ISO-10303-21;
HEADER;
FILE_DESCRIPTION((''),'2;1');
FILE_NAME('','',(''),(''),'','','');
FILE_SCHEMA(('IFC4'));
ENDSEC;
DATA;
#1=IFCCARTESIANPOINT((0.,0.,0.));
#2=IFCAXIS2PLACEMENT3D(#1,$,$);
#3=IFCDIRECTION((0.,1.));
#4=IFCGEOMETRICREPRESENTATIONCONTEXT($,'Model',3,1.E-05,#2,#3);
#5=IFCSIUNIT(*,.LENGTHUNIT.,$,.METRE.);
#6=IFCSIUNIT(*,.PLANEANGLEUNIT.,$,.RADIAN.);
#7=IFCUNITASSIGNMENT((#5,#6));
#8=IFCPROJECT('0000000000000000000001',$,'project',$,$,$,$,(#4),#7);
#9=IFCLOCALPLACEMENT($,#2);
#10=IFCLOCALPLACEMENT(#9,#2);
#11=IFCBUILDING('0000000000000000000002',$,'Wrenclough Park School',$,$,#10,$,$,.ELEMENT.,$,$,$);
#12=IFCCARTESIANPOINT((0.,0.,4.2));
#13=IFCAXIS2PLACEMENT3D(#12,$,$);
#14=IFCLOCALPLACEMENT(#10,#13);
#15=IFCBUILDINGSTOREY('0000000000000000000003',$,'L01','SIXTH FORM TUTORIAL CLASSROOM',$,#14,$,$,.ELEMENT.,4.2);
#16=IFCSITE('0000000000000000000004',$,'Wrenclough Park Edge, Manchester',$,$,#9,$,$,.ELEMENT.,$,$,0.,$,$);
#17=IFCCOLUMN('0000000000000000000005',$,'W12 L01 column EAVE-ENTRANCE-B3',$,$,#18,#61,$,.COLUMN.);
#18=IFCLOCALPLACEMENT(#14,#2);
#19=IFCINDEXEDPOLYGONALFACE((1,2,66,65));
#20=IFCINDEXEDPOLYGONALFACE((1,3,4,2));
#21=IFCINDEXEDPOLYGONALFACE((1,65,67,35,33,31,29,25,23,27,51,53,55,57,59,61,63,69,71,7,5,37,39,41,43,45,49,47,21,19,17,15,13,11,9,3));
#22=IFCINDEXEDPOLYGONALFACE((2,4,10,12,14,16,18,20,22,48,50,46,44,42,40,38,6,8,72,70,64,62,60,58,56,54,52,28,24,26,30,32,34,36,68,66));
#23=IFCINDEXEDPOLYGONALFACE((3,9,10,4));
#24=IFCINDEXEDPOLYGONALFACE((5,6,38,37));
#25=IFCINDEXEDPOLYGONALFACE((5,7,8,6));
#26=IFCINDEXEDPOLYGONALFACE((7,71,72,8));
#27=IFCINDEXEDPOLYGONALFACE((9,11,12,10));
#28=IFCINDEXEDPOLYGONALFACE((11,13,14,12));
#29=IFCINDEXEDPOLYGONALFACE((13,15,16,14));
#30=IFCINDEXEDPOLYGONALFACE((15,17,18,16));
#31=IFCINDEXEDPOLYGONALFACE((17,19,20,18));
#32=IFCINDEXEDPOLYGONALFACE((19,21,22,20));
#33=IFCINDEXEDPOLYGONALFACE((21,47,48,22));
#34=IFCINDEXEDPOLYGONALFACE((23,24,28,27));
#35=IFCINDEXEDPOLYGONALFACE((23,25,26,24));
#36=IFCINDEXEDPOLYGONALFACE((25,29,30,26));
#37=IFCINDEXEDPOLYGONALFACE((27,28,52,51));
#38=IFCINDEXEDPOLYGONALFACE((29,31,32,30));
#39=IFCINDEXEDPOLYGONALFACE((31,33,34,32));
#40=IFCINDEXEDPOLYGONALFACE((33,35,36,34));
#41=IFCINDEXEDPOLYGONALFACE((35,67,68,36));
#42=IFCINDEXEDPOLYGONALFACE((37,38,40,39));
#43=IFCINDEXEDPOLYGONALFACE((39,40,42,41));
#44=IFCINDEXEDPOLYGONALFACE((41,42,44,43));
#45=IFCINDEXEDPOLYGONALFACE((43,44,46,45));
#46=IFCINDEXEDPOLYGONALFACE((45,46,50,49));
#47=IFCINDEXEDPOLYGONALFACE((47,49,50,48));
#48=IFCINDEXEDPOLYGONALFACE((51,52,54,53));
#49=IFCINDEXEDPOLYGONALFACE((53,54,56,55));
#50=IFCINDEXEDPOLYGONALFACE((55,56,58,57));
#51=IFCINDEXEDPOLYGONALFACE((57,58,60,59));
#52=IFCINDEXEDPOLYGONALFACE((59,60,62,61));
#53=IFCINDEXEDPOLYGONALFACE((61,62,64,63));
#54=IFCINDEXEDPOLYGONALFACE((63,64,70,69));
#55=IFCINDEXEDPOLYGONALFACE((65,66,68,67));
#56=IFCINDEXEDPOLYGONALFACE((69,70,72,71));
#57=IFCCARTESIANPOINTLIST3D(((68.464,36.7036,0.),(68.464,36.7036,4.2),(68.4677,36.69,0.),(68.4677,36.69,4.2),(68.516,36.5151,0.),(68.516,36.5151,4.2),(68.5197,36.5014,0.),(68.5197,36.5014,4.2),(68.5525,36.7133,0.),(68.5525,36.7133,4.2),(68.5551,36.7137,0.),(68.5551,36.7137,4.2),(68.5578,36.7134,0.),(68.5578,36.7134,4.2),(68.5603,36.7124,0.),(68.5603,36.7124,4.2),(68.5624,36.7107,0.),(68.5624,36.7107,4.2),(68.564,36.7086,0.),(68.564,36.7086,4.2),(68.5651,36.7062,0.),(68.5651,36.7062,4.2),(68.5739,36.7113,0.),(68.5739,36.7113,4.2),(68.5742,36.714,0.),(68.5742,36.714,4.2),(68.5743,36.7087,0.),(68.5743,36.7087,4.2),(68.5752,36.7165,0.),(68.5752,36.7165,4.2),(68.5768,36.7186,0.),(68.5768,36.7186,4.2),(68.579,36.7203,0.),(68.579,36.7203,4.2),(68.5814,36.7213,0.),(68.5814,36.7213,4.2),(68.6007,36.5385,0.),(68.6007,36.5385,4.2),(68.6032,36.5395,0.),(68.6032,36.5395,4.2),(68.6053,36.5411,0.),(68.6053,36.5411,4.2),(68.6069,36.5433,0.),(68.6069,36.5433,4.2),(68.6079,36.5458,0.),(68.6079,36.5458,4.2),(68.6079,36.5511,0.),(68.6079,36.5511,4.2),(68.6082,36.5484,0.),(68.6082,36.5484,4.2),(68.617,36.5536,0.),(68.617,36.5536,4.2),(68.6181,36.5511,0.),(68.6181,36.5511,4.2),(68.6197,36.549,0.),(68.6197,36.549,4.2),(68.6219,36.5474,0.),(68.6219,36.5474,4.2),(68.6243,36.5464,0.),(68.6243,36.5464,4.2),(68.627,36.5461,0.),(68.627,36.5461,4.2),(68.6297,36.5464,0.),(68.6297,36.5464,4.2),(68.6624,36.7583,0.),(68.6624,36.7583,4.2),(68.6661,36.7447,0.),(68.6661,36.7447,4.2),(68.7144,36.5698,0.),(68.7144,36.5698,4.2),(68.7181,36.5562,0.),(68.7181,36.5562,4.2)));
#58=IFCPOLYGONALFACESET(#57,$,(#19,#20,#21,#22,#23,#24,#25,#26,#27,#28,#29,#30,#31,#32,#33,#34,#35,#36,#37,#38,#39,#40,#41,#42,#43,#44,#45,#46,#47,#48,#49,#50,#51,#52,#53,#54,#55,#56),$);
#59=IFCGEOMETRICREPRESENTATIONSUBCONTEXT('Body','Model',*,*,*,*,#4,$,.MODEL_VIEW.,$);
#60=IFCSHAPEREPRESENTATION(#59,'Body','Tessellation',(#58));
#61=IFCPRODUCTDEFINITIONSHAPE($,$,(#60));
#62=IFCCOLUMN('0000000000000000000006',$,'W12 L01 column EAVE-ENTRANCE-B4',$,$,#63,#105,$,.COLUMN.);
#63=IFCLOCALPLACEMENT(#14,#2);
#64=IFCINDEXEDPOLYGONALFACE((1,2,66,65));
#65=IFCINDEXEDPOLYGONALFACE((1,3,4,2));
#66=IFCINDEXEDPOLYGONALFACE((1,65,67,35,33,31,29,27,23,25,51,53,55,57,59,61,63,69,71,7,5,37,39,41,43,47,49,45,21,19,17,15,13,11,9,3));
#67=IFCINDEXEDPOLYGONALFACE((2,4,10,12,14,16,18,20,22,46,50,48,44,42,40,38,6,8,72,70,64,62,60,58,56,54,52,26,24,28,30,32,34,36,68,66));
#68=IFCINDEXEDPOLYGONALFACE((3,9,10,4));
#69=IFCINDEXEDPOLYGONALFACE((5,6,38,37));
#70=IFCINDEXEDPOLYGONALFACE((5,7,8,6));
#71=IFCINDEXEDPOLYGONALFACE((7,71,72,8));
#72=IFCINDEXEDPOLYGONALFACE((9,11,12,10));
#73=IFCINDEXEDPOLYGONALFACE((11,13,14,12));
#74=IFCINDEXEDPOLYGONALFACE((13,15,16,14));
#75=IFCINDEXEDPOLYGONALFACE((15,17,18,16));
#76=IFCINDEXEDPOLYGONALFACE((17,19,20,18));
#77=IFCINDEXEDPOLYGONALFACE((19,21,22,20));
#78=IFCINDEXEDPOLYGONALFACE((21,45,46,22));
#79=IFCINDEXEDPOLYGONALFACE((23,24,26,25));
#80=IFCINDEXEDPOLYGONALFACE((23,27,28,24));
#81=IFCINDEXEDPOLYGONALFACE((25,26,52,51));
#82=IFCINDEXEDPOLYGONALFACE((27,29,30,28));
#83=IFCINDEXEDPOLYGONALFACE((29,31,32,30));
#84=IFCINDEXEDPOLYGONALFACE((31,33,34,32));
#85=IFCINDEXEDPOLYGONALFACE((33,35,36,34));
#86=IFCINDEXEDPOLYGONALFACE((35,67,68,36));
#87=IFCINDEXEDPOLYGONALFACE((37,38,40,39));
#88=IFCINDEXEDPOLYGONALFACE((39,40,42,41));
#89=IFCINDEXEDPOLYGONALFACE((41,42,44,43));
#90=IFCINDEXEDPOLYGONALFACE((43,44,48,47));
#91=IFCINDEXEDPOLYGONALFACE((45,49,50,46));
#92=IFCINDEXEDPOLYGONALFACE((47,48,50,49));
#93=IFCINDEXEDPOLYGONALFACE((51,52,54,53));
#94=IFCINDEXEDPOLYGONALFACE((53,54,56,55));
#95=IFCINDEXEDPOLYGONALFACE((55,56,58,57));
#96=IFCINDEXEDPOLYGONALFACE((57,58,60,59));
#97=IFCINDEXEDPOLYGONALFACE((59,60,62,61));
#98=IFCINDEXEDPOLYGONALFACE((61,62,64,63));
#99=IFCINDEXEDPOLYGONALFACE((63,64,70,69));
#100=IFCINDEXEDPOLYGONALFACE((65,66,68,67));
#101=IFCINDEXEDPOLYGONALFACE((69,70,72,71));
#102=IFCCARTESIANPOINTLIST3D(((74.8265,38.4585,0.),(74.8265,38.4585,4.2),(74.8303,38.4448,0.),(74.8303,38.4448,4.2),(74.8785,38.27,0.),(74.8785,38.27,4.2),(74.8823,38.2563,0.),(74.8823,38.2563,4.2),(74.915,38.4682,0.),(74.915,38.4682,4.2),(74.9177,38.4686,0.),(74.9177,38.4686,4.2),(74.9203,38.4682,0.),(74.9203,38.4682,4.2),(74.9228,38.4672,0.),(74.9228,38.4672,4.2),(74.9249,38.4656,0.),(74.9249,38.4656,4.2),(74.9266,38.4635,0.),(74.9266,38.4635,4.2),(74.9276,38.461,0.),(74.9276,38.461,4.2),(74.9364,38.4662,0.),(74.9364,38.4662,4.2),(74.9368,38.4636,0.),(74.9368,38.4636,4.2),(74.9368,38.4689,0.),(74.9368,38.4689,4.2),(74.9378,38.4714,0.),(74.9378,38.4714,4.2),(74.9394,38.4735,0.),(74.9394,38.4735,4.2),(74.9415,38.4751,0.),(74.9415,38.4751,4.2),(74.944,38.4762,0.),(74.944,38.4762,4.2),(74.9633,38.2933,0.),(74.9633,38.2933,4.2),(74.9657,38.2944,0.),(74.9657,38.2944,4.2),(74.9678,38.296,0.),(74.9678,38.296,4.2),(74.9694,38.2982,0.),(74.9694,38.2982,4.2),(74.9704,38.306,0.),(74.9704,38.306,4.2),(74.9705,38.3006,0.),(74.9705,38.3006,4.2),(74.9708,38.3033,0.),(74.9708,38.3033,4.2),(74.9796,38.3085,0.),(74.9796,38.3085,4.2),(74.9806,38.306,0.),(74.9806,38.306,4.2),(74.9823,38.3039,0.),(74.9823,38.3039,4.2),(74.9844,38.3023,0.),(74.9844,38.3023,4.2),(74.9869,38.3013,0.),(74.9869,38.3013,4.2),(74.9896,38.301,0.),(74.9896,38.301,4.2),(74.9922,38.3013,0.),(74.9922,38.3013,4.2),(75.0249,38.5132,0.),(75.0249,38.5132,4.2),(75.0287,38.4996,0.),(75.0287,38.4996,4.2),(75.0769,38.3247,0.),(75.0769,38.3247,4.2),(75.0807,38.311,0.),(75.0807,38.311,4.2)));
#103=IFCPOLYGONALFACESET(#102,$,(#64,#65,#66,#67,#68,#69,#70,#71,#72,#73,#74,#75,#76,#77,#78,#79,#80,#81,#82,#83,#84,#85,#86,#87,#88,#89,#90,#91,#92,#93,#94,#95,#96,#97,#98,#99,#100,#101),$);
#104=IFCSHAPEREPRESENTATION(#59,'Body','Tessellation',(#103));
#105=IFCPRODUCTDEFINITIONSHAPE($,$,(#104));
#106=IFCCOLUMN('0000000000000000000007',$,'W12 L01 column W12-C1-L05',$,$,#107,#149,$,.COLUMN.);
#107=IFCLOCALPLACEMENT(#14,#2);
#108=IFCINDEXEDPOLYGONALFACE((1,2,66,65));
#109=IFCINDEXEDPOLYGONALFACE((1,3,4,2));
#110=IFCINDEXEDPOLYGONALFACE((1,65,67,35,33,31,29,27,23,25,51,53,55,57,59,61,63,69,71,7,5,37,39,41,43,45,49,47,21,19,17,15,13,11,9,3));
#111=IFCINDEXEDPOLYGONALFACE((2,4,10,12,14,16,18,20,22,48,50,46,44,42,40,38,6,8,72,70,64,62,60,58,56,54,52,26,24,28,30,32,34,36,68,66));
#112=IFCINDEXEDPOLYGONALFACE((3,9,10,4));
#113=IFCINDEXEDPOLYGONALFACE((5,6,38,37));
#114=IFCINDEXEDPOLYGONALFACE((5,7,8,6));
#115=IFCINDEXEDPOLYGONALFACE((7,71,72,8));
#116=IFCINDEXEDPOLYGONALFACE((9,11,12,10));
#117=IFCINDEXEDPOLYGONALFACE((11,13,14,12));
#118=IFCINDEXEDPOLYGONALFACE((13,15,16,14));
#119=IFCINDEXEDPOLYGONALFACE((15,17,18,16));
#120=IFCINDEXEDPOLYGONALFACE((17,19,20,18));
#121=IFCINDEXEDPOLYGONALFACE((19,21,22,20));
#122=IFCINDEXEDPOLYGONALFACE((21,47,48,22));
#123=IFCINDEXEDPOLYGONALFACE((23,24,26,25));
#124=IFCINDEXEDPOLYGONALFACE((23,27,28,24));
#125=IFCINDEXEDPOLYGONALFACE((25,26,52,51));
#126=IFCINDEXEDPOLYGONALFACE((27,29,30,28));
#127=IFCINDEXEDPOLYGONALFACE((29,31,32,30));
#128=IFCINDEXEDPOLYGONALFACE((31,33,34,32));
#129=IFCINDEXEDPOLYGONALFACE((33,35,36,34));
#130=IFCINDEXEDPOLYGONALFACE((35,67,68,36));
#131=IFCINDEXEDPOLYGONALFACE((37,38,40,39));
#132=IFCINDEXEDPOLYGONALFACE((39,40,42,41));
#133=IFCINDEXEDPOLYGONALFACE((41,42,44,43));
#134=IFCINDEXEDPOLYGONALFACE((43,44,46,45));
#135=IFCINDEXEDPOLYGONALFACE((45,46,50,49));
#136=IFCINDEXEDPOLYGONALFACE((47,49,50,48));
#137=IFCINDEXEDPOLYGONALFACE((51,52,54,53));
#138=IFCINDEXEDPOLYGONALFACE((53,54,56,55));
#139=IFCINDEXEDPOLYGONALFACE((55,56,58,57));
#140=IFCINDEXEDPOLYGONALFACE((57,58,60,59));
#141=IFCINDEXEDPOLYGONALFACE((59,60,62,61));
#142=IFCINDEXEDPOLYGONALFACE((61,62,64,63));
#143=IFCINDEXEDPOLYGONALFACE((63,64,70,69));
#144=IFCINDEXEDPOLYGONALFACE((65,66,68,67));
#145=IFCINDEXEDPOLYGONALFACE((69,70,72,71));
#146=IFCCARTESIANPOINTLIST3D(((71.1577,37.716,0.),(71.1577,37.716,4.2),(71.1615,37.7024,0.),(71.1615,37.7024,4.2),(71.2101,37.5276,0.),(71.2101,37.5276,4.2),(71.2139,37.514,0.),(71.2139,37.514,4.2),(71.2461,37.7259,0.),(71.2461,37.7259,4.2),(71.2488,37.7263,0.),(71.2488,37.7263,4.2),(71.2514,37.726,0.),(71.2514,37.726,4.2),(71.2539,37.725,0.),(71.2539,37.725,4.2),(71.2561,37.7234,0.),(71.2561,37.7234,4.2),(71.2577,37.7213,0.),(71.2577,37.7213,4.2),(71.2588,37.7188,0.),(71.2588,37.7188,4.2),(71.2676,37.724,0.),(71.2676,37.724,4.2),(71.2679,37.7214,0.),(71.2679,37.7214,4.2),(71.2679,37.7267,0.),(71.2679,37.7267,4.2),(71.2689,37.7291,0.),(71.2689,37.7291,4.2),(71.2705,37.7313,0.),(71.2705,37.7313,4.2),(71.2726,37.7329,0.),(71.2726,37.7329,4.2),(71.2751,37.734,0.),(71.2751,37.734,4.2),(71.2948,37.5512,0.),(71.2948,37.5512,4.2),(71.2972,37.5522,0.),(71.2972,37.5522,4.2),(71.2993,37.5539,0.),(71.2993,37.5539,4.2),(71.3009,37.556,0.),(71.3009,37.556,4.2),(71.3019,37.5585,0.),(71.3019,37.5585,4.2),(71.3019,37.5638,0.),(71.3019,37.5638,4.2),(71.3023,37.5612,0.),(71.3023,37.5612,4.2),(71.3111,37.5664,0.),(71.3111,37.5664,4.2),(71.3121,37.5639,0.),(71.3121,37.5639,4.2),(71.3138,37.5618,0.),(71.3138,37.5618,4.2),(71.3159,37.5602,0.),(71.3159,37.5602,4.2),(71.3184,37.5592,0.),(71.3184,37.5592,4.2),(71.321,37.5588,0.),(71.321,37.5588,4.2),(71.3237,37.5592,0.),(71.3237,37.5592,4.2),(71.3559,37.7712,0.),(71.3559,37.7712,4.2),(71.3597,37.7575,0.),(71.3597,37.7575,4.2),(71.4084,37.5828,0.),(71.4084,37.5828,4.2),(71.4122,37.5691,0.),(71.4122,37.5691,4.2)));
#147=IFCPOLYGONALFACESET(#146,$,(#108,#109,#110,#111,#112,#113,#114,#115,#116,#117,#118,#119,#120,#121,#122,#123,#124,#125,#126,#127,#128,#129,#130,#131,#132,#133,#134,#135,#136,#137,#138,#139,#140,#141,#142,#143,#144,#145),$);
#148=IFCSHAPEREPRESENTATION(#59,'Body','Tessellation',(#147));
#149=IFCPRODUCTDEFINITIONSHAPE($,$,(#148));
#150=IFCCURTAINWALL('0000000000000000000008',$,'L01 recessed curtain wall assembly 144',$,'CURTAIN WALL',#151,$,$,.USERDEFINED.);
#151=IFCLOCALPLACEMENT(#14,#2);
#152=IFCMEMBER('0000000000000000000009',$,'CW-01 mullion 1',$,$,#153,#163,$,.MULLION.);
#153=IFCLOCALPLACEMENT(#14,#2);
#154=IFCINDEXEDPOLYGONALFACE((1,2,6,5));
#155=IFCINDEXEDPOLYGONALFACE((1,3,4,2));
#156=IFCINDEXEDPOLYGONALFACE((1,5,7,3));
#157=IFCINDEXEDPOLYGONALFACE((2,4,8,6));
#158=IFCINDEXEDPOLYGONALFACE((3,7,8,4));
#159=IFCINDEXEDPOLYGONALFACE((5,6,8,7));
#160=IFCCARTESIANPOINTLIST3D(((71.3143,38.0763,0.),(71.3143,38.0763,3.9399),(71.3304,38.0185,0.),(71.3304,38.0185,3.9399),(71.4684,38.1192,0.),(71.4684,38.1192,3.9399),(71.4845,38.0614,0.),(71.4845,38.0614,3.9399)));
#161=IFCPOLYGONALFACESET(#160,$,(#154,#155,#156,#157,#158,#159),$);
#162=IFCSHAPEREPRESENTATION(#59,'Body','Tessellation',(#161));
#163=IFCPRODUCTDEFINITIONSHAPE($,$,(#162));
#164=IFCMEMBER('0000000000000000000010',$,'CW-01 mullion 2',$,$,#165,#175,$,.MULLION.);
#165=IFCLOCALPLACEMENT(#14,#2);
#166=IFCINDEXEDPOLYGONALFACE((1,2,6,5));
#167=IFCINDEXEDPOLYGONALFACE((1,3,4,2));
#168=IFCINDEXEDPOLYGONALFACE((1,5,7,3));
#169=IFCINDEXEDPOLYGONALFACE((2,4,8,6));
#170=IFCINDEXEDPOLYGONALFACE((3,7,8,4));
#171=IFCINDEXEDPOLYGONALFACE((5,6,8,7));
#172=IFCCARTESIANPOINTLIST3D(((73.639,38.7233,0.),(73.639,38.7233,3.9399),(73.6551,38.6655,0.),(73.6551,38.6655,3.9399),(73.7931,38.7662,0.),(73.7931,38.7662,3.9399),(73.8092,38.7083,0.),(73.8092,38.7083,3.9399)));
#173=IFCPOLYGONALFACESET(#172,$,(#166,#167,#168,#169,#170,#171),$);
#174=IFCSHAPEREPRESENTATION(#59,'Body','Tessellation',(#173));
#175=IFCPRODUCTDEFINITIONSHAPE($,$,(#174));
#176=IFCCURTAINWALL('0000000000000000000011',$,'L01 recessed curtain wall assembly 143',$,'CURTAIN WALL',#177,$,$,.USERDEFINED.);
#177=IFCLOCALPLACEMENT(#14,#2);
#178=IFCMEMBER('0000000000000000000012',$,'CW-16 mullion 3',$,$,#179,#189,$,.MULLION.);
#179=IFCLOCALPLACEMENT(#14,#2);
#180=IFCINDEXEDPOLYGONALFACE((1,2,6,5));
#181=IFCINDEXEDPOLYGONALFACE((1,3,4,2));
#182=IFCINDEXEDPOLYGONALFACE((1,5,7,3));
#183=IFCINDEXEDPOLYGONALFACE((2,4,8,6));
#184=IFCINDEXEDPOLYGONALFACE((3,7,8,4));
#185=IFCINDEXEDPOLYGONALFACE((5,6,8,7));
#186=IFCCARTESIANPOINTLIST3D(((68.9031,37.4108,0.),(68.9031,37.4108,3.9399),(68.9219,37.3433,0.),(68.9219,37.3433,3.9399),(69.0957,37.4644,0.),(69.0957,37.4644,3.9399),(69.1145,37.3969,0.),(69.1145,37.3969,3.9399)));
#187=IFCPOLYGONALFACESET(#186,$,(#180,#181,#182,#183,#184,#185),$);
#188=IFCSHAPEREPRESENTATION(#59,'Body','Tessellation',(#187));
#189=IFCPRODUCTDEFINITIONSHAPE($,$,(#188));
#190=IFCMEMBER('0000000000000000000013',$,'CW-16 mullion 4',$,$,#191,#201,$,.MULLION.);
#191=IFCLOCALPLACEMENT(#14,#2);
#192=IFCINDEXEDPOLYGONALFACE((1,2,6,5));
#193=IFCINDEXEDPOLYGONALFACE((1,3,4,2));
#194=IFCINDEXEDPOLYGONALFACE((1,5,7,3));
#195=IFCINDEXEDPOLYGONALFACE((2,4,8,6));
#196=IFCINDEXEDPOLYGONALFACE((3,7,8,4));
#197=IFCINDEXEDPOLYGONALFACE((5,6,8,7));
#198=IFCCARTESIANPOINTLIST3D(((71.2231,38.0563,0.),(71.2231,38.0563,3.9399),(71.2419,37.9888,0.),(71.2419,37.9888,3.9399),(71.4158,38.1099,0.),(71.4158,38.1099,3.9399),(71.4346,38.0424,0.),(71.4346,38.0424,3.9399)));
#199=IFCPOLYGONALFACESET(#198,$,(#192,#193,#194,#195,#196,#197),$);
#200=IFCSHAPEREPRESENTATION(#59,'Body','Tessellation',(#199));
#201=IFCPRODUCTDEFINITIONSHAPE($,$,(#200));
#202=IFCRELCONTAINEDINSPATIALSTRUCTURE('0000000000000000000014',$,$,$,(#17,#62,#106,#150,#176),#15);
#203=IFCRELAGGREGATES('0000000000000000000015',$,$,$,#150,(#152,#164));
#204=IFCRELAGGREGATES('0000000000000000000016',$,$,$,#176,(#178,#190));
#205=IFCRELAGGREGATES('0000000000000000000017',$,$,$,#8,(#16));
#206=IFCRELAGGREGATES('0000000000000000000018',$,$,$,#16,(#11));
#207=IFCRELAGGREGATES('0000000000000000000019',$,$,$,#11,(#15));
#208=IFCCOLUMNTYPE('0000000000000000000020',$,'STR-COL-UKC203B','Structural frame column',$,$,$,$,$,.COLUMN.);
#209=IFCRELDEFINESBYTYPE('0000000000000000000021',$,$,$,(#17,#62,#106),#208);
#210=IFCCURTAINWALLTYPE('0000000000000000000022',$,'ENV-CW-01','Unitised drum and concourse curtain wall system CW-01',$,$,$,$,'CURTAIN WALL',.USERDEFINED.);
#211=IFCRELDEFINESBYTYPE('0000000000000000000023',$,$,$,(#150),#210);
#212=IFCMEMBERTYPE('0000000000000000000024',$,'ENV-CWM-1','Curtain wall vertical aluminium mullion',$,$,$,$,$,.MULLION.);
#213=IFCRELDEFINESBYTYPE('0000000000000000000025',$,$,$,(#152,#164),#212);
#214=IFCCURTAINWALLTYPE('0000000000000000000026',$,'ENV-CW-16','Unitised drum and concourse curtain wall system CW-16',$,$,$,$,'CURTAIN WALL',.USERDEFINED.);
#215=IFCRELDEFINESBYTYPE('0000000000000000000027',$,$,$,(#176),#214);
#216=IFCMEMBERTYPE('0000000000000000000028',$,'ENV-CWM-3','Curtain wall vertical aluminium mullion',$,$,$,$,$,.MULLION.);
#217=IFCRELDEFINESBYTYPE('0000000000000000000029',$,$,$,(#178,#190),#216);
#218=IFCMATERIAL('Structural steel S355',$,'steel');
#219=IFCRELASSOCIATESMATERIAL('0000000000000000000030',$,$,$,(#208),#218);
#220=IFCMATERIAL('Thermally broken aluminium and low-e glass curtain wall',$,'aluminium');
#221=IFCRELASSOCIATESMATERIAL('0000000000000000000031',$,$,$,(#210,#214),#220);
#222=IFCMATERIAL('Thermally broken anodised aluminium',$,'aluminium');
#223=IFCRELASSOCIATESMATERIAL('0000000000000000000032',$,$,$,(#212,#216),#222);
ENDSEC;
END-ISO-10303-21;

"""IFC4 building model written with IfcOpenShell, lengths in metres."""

from ifc_helpers import new_model, si_unit, direction, frame, origin, origin_2d, place, context, subcontext, project, spatial, rectangle, i_section, extrude, material, material_profile, profile_set, type_object, element, aggregate, save


model = new_model("IFC4")

# Units and contexts
model_context = context("Model", 3, precision=1e-05, world=origin(), true_north=direction((0.0, 1.0)))
body_context = subcontext(model_context, "Body", "Model", "MODEL_VIEW")
ifc_project = project(units=[si_unit("LENGTHUNIT", "METRE"), si_unit("PLANEANGLEUNIT", "RADIAN")], contexts=[model_context])

# Site, building, storey
site_placement = place(None, origin())
site = spatial("IfcSite", under=ifc_project, at=site_placement, Name="Wrenclough Park Edge, Manchester", CompositionType="ELEMENT", RefElevation=0.0)
building_placement = place(site_placement, origin())
building = spatial("IfcBuilding", under=site, at=building_placement, Name="Wrenclough Park School", CompositionType="ELEMENT")
storey_placement = place(building_placement, frame((0.0, 0.0, 4.2)))
storey = spatial("IfcBuildingStorey", under=building, at=storey_placement, Name="L01", Description="SIXTH FORM TUTORIAL CLASSROOM", CompositionType="ELEMENT", Elevation=4.2)

# Columns
ifc_material_1 = material(Name="Structural steel S355", Category="steel")
ifc_material_profile_1 = material_profile(ifc_material_1, i_section(OverallWidth=0.2058, OverallDepth=0.2097, WebThickness=0.0095, FlangeThickness=0.0142, FilletRadius=0.0103, at=origin_2d()), Name="UKC 203x203x60")
ifc_profile_set_1 = profile_set([ifc_material_profile_1], Name="Structural steel S355")
column_type = type_object("IfcColumnType", Name="STR-COL-UKC203B", Description="Structural frame column", PredefinedType="COLUMN", material=ifc_profile_set_1)
for number, where, z_axis, x_axis, name in (
    (1, (68.5911, 36.6299, 0.0), (0.0, 0.0, 1.0), (0.964003, 0.265893, 0.0), "W12 L01 column EAVE-ENTRANCE-B3"),
    (2, (74.9536, 38.3848, 0.0), (0.0, 0.0, 1.0), (0.964003, 0.265893, 0.0), "W12 L01 column EAVE-ENTRANCE-B4"),
    (3, (71.2849, 37.6426, 0.0), (0.0, 0.0, 1.0), (0.963397, 0.268079, 0.0), "W12 L01 column W12-C1-L05"),
):
    element("IfcColumn", number, at=place(storey_placement, frame(where, z_axis=z_axis, x_axis=x_axis)), inside=storey, type_object=column_type, Name=name, PredefinedType="COLUMN", context=body_context, shape_type="SweptSolid", body=[
        extrude(i_section(OverallWidth=0.2058, OverallDepth=0.2097, WebThickness=0.0095, FlangeThickness=0.0142, FilletRadius=0.0103, at=origin_2d()), origin(), (0.0, 0.0, 1.0), 4.2),
    ])

# Curtain walls, members
ifc_material_2 = material(Name="Thermally broken aluminium and low-e glass curtain wall", Category="aluminium")
curtain_wall_type_1 = type_object("IfcCurtainWallType", Name="ENV-CW-01", Description="Unitised drum and concourse curtain wall system CW-01", ElementType="CURTAIN WALL", PredefinedType="USERDEFINED", material=ifc_material_2)
curtain_wall_1_placement = place(storey_placement, origin())
curtain_wall_1 = element("IfcCurtainWall", 4, at=curtain_wall_1_placement, inside=storey, type_object=curtain_wall_type_1, Name="L01 recessed curtain wall assembly 144", ObjectType="CURTAIN WALL", PredefinedType="USERDEFINED")
ifc_material_3 = material(Name="Thermally broken anodised aluminium", Category="aluminium")
ifc_material_profile_2 = material_profile(ifc_material_3, rectangle(XDim=0.0601, YDim=0.1599, at=origin_2d()), Name="AL MULLION 60x160")
ifc_profile_set_2 = profile_set([ifc_material_profile_2], Name="Thermally broken anodised aluminium")
member_type_1 = type_object("IfcMemberType", Name="ENV-CWM-1", Description="Curtain wall vertical aluminium mullion", PredefinedType="MULLION", material=ifc_profile_set_2)
member_1_placement = place(storey_placement, frame((71.3994, 38.0688, 0.0), z_axis=(0.0, 0.0, 1.0), x_axis=(-0.268082, 0.963396, 0.0)))
member_1 = element("IfcMember", 5, at=member_1_placement, type_object=member_type_1, Name="CW-01 mullion 1", PredefinedType="MULLION", context=body_context, shape_type="SweptSolid", body=[
    extrude(rectangle(XDim=0.0601, YDim=0.1599, at=origin_2d()), origin(), (0.0, 0.0, 1.0), 3.9399),
])
member_2_placement = place(storey_placement, frame((73.7241, 38.7158, 0.0), z_axis=(0.0, 0.0, 1.0), x_axis=(-0.268082, 0.963396, 0.0)))
member_2 = element("IfcMember", 6, at=member_2_placement, type_object=member_type_1, Name="CW-01 mullion 2", PredefinedType="MULLION", context=body_context, shape_type="SweptSolid", body=[
    extrude(rectangle(XDim=0.0601, YDim=0.1599, at=origin_2d()), origin(), (0.0, 0.0, 1.0), 3.9399),
])
curtain_wall_type_2 = type_object("IfcCurtainWallType", Name="ENV-CW-16", Description="Unitised drum and concourse curtain wall system CW-16", ElementType="CURTAIN WALL", PredefinedType="USERDEFINED", material=ifc_material_2)
curtain_wall_2_placement = place(storey_placement, origin())
curtain_wall_2 = element("IfcCurtainWall", 7, at=curtain_wall_2_placement, inside=storey, type_object=curtain_wall_type_2, Name="L01 recessed curtain wall assembly 143", ObjectType="CURTAIN WALL", PredefinedType="USERDEFINED")
ifc_material_profile_3 = material_profile(ifc_material_3, rectangle(XDim=0.0701, YDim=0.2, at=origin_2d()), Name="AL MULLION 70x200")
ifc_profile_set_3 = profile_set([ifc_material_profile_3], Name="Thermally broken anodised aluminium")
member_type_2 = type_object("IfcMemberType", Name="ENV-CWM-3", Description="Curtain wall vertical aluminium mullion", PredefinedType="MULLION", material=ifc_profile_set_3)
member_3_placement = place(storey_placement, frame((69.0088, 37.4038, 0.0), z_axis=(0.0, 0.0, 1.0), x_axis=(-0.268072, 0.963399, 0.0)))
member_3 = element("IfcMember", 8, at=member_3_placement, type_object=member_type_2, Name="CW-16 mullion 3", PredefinedType="MULLION", context=body_context, shape_type="SweptSolid", body=[
    extrude(rectangle(XDim=0.0701, YDim=0.2, at=origin_2d()), origin(), (0.0, 0.0, 1.0), 3.9399),
])
member_4_placement = place(storey_placement, frame((71.3289, 38.0493, 0.0), z_axis=(0.0, 0.0, 1.0), x_axis=(-0.268072, 0.963399, 0.0)))
member_4 = element("IfcMember", 9, at=member_4_placement, type_object=member_type_2, Name="CW-16 mullion 4", PredefinedType="MULLION", context=body_context, shape_type="SweptSolid", body=[
    extrude(rectangle(XDim=0.0701, YDim=0.2, at=origin_2d()), origin(), (0.0, 0.0, 1.0), 3.9399),
])

aggregate(curtain_wall_1, [member_1, member_2])
aggregate(curtain_wall_2, [member_3, member_4])

save(model, "model.ifc")
